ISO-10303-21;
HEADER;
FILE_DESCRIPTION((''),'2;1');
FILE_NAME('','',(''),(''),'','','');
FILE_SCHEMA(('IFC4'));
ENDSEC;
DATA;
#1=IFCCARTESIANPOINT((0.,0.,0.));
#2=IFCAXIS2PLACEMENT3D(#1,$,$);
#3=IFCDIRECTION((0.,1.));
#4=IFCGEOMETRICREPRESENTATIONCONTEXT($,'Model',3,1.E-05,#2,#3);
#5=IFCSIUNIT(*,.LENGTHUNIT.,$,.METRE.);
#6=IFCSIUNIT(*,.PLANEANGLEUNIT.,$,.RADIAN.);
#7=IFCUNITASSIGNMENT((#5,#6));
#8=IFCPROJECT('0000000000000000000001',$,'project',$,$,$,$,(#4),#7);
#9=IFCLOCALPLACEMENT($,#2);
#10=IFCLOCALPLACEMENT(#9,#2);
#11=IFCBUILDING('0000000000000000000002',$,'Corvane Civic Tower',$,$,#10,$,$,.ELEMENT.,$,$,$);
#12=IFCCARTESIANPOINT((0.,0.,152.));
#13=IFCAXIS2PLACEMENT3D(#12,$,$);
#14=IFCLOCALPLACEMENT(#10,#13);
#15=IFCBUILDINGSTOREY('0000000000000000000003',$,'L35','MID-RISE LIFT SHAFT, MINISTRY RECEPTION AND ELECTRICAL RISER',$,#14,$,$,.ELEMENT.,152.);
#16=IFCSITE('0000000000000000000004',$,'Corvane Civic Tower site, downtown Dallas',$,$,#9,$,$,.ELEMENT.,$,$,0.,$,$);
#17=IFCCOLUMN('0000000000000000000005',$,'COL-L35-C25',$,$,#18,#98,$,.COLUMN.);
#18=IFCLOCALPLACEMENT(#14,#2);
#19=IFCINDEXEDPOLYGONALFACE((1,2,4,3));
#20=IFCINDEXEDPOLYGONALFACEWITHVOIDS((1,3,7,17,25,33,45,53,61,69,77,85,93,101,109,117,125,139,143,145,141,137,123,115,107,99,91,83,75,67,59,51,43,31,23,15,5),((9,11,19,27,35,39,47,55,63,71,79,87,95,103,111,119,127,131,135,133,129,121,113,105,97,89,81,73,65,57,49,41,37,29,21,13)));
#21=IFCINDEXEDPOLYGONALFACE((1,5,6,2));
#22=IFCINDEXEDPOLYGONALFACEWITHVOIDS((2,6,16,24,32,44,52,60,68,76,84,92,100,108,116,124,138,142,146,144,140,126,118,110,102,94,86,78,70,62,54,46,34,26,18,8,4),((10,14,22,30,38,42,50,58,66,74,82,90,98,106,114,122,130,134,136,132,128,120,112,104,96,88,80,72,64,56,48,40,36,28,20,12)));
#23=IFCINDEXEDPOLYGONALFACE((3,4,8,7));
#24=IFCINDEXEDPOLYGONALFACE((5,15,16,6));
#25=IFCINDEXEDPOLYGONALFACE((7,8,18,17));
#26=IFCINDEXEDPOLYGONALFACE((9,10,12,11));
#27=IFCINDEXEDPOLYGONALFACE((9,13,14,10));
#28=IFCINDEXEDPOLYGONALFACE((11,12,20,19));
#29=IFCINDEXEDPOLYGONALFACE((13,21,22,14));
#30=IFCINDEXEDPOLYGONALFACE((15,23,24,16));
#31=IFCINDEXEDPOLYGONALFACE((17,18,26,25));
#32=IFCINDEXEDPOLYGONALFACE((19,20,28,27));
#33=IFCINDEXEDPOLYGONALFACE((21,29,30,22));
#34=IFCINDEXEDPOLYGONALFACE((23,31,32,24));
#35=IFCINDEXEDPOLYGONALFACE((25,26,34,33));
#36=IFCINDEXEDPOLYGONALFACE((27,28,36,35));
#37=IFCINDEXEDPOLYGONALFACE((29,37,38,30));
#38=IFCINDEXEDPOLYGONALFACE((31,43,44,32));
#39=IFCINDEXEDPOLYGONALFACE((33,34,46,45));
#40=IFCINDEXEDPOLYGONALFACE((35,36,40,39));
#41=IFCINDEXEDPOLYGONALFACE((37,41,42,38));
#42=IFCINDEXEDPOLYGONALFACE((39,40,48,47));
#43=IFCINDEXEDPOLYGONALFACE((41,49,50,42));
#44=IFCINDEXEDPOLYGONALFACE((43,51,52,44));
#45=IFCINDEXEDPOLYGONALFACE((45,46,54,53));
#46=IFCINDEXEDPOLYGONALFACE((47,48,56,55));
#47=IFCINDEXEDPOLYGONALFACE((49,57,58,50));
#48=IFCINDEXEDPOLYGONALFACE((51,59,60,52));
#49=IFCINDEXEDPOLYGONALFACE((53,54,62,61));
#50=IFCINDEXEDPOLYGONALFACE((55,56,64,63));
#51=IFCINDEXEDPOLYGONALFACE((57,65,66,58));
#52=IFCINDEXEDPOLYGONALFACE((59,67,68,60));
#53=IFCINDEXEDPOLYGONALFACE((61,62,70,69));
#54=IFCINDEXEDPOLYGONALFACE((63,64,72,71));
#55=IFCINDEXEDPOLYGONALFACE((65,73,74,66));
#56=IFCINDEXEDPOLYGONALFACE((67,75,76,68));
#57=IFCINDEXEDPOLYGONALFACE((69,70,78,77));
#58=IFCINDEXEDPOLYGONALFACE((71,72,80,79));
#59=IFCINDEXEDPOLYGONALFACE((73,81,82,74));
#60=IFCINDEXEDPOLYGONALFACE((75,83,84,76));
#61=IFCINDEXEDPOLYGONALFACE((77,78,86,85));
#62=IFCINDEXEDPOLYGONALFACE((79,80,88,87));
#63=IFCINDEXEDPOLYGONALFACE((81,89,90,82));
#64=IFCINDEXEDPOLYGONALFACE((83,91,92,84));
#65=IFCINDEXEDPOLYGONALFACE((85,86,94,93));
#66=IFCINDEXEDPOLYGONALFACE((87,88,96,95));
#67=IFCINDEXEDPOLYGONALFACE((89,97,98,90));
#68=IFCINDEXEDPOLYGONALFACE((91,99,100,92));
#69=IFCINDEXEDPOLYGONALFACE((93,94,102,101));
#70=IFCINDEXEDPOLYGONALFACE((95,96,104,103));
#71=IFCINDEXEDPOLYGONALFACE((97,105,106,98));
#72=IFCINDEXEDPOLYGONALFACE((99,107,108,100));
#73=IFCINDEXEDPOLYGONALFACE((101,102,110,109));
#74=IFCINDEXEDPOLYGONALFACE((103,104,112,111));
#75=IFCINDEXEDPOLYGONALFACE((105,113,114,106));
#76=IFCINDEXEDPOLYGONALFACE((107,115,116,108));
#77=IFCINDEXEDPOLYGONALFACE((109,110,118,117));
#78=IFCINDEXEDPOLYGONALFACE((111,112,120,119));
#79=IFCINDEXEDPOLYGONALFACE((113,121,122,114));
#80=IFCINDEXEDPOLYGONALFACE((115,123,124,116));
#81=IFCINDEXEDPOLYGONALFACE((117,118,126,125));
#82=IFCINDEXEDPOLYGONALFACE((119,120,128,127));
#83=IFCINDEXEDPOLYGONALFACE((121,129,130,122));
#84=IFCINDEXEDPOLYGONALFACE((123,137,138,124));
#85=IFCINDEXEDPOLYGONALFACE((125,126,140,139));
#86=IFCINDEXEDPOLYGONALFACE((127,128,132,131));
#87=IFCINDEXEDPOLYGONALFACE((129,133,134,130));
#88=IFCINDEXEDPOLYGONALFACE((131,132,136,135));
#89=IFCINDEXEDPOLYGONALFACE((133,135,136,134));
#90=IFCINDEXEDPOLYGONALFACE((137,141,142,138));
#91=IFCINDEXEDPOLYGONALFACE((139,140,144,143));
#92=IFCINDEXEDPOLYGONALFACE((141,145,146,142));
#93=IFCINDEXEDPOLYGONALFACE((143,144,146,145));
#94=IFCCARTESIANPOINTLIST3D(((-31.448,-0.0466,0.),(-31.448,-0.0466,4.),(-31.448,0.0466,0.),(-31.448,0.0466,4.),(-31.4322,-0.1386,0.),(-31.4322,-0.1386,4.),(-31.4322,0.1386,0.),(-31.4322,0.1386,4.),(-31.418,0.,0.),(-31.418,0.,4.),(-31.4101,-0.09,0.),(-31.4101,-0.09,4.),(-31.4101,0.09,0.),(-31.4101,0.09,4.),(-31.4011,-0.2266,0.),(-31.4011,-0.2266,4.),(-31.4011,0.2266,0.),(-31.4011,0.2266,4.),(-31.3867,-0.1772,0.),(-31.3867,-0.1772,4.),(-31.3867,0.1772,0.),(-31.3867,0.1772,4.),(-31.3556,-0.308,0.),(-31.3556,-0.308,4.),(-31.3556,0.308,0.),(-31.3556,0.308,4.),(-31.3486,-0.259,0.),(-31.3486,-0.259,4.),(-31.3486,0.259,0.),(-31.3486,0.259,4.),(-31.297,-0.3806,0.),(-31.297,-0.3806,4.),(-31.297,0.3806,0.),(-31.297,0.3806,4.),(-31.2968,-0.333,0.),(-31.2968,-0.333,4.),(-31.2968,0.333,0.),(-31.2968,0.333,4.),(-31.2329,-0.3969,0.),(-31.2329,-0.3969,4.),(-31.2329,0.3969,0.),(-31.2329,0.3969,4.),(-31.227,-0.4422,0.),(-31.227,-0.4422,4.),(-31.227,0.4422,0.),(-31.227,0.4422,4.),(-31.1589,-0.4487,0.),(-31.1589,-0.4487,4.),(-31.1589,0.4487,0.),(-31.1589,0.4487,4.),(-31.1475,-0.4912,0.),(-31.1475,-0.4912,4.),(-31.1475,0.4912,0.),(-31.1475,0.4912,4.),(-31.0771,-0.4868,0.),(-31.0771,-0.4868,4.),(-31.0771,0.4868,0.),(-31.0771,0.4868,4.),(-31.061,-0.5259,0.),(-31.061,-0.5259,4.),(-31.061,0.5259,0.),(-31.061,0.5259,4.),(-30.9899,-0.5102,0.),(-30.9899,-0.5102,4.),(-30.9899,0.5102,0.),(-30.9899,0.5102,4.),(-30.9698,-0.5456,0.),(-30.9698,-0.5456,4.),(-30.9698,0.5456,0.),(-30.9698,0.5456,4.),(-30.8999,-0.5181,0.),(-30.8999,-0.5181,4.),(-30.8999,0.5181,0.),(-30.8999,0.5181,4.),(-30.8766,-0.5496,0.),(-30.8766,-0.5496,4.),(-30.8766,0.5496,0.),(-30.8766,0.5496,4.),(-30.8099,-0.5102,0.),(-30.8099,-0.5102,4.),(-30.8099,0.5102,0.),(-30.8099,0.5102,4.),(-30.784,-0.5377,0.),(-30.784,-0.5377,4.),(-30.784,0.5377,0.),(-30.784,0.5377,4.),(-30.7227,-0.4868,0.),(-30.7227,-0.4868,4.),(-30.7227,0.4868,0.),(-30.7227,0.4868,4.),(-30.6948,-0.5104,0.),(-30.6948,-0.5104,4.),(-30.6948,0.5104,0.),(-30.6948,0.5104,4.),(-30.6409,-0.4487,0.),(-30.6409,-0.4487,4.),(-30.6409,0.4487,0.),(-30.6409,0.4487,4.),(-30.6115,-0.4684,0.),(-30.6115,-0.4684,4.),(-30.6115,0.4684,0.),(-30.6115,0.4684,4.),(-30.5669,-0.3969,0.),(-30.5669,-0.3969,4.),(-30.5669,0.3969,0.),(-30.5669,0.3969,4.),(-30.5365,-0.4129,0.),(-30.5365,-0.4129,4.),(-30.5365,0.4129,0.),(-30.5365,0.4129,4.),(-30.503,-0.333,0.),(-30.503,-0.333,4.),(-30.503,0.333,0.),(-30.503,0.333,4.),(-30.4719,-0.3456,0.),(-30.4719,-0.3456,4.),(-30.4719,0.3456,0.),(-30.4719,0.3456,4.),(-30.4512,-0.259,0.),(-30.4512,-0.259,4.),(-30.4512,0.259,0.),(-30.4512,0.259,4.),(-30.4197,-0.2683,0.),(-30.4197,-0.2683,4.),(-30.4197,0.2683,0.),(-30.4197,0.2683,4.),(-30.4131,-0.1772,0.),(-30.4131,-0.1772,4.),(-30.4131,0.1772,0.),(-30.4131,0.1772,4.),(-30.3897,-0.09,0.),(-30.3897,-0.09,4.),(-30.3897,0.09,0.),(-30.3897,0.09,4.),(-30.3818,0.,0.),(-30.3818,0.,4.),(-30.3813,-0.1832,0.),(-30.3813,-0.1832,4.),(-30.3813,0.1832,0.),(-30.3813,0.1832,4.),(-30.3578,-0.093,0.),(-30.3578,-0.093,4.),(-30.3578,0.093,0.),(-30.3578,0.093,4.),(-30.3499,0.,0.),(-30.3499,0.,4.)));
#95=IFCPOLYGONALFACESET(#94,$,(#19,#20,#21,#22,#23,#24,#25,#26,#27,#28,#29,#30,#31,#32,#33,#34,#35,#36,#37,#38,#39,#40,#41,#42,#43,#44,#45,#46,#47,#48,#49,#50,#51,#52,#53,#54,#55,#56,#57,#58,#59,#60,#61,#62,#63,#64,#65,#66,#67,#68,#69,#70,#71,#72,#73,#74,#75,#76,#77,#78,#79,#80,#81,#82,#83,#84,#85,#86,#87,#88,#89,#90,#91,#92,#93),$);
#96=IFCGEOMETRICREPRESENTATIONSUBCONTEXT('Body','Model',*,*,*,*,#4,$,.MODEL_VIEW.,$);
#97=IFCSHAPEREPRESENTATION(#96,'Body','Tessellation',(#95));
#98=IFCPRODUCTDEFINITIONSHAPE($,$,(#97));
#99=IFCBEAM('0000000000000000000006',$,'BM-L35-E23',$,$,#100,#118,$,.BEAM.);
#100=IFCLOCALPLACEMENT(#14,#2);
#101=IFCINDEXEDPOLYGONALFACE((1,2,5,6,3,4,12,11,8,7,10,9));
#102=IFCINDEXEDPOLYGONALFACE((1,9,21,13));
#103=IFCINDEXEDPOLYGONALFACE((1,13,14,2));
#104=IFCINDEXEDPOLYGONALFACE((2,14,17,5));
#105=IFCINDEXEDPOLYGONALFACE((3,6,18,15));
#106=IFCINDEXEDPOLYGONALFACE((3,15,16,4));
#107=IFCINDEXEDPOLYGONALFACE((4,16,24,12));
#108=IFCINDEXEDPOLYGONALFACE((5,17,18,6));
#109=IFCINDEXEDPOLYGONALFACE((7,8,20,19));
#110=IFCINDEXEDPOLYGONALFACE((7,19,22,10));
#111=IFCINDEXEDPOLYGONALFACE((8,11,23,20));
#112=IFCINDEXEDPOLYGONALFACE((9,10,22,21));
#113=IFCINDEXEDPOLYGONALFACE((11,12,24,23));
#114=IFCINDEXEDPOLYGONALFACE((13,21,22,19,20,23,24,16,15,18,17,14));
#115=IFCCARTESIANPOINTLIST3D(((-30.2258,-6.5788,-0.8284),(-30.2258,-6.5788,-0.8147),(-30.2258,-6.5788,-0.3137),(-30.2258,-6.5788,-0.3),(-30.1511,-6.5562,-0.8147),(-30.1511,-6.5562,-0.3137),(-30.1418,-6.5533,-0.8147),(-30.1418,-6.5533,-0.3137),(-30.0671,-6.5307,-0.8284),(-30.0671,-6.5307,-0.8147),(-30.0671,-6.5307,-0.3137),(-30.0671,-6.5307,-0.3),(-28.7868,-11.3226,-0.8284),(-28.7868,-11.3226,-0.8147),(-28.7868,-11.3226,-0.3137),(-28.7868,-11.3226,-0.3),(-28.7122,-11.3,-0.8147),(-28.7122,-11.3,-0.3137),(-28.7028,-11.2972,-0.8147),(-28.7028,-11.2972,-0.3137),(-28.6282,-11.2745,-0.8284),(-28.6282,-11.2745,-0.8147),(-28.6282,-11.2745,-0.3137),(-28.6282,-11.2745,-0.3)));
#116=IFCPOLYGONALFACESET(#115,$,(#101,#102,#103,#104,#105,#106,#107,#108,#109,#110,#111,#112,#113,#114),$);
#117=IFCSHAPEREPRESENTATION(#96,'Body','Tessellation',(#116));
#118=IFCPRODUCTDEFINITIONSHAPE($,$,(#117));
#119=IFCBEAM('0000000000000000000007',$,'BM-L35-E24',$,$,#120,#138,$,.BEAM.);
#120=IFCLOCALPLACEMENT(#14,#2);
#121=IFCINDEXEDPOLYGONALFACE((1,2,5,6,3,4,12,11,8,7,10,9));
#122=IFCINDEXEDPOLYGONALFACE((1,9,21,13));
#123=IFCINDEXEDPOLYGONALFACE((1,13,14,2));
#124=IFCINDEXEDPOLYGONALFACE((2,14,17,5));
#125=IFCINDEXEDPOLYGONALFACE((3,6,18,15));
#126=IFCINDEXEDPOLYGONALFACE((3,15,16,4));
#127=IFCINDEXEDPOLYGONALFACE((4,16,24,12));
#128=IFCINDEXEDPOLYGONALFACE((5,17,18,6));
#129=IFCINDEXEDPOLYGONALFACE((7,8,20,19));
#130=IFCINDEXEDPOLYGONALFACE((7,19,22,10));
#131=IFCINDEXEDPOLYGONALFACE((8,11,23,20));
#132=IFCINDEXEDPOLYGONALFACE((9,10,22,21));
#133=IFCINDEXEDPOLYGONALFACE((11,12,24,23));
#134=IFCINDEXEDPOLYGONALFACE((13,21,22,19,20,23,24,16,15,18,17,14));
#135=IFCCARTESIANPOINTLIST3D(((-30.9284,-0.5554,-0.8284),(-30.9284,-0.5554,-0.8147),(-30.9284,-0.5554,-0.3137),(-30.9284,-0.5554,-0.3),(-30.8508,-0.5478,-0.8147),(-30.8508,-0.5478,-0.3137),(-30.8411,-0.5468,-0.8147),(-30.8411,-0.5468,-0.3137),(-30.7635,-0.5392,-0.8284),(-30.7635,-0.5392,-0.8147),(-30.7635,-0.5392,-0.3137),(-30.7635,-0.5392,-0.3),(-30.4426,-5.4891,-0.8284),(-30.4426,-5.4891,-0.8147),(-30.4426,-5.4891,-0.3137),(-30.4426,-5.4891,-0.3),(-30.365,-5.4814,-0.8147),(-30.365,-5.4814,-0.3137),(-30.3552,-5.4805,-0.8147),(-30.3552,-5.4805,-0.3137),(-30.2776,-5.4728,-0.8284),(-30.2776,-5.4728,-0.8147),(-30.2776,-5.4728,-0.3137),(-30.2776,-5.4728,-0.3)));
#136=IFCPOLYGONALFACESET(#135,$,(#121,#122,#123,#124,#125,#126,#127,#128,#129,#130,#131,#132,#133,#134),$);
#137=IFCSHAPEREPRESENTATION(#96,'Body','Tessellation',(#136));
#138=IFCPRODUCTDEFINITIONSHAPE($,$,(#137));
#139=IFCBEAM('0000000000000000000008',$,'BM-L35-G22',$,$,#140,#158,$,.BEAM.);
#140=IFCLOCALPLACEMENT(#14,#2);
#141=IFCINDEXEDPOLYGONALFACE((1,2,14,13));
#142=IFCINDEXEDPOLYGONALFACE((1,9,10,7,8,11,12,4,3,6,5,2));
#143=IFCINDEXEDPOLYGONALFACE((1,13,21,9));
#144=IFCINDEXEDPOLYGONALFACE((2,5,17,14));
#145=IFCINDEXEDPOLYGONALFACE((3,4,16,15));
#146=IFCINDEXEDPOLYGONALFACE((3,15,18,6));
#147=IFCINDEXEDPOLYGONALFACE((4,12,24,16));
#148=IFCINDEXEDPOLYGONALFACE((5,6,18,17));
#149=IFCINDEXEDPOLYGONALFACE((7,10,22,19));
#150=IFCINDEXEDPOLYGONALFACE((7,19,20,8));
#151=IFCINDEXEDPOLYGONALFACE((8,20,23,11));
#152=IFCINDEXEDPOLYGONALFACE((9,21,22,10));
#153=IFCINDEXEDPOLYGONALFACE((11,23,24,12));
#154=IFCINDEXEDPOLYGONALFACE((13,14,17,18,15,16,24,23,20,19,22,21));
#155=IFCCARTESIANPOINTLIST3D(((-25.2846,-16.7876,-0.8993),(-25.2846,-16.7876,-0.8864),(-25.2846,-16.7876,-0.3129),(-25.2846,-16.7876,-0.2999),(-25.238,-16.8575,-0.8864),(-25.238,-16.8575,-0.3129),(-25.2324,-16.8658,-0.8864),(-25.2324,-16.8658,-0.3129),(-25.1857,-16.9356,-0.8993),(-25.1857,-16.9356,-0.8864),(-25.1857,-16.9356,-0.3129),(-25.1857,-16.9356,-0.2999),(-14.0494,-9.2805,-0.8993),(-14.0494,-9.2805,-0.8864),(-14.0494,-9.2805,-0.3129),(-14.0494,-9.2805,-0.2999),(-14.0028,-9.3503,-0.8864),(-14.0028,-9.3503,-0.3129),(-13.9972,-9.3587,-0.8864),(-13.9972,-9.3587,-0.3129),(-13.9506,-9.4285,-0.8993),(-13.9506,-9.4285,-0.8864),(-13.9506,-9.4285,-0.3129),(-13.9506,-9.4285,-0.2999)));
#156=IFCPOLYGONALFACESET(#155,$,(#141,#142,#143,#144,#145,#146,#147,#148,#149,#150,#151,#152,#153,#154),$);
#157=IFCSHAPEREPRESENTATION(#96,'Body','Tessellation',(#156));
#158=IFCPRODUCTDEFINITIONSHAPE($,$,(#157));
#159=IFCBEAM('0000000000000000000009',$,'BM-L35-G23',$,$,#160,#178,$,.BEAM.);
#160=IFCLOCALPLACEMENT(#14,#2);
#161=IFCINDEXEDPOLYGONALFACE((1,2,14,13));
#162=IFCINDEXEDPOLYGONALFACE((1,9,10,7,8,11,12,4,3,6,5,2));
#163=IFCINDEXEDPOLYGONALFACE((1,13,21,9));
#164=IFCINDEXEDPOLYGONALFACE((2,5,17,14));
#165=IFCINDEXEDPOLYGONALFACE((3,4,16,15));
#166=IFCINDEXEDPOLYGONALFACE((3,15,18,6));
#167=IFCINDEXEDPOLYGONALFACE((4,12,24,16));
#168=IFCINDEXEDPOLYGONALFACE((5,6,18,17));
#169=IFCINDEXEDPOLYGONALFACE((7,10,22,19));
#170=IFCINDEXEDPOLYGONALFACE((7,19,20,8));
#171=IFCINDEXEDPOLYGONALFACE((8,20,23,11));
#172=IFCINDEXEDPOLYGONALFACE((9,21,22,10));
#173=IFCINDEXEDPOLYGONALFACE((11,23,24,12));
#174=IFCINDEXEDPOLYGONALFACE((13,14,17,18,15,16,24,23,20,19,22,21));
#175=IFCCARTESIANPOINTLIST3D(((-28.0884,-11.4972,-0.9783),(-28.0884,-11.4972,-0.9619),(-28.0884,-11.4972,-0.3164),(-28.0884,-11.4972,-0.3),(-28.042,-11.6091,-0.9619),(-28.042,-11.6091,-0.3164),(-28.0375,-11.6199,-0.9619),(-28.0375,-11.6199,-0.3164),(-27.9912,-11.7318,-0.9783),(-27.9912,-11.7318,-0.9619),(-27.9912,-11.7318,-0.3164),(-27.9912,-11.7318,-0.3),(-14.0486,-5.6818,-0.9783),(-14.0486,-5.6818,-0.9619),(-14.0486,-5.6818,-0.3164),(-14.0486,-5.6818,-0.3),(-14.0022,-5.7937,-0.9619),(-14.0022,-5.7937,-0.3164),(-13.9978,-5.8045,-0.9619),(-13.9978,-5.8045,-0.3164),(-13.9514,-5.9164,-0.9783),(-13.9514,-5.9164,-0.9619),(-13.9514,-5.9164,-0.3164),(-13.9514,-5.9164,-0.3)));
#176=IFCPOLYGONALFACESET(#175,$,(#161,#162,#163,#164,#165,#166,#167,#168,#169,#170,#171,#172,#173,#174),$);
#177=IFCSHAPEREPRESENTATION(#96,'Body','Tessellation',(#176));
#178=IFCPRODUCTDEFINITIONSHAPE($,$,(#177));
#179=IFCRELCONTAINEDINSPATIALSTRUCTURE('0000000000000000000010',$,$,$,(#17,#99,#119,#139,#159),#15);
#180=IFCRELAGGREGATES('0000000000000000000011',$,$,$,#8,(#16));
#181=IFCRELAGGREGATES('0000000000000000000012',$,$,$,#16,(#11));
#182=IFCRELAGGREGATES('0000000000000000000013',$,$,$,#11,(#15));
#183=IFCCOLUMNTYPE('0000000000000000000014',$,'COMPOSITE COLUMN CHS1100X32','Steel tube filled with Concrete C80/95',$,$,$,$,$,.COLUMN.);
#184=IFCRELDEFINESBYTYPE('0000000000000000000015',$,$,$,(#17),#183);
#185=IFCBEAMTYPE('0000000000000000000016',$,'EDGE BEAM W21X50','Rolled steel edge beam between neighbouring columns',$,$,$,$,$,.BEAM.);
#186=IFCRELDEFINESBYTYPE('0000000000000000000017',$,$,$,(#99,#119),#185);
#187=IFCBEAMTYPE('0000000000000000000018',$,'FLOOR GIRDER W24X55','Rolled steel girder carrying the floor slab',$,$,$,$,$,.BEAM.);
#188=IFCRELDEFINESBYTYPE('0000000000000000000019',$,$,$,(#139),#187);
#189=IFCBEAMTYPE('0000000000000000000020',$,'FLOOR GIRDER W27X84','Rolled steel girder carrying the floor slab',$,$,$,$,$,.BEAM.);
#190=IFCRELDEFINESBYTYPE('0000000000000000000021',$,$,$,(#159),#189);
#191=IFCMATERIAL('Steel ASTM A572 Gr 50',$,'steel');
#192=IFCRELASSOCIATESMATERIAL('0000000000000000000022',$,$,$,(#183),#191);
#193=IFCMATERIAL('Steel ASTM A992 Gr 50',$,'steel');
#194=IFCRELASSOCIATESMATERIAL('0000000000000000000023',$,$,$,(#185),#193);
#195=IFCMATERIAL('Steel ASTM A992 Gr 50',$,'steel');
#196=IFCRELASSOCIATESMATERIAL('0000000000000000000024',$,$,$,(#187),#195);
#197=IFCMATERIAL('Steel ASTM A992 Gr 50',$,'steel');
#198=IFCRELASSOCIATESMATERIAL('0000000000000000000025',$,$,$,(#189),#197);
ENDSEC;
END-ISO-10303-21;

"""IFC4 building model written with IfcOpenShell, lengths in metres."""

from ifc_helpers import new_model, si_unit, direction, frame, origin, origin_2d, place, context, subcontext, project, spatial, hollow_circle, i_section, extrude, material, material_profile, profile_set, type_object, element, save


model = new_model("IFC4")

# Units and contexts
model_context = context("Model", 3, precision=1e-05, world=origin(), true_north=direction((0.0, 1.0)))
body_context = subcontext(model_context, "Body", "Model", "MODEL_VIEW")
ifc_project = project(units=[si_unit("LENGTHUNIT", "METRE"), si_unit("PLANEANGLEUNIT", "RADIAN")], contexts=[model_context])

# Site, building, storey
site_placement = place(None, origin())
site = spatial("IfcSite", under=ifc_project, at=site_placement, Name="Corvane Civic Tower site, downtown Dallas", CompositionType="ELEMENT", RefElevation=0.0)
building_placement = place(site_placement, origin())
building = spatial("IfcBuilding", under=site, at=building_placement, Name="Corvane Civic Tower", CompositionType="ELEMENT")
storey_placement = place(building_placement, frame((0.0, 0.0, 152.0)))
storey = spatial("IfcBuildingStorey", under=building, at=storey_placement, Name="L35", Description="MID-RISE LIFT SHAFT, MINISTRY RECEPTION AND ELECTRICAL RISER", CompositionType="ELEMENT", Elevation=152.0)

# Column
ifc_material_1 = material(Name="Steel ASTM A572 Gr 50", Category="steel")
ifc_material_profile_1 = material_profile(ifc_material_1, hollow_circle(Radius=0.55, WallThickness=0.032, at=origin_2d()), Name="CHS1100X32")
ifc_profile_set_1 = profile_set([ifc_material_profile_1], Name="Steel ASTM A572 Gr 50")
column_type = type_object("IfcColumnType", Name="COMPOSITE COLUMN CHS1100X32", Description="Steel tube filled with Concrete C80/95", PredefinedType="COLUMN", material=ifc_profile_set_1)
for number, where, z_axis, x_axis, name in (
    (1, (-30.8999, 0.0, 0.0), (0.0, 0.0, 1.0), (1.0, 0.0, 0.0), "COL-L35-C25"),
):
    element("IfcColumn", number, at=place(storey_placement, frame(where, z_axis=z_axis, x_axis=x_axis)), inside=storey, type_object=column_type, Name=name, PredefinedType="COLUMN", context=body_context, shape_type="SweptSolid", body=[
        extrude(hollow_circle(Radius=0.55, WallThickness=0.032, at=origin_2d()), origin(), (0.0, 0.0, 1.0), 4.0),
    ])

# Beams
ifc_material_2 = material(Name="Steel ASTM A992 Gr 50", Category="steel")
ifc_material_profile_2 = material_profile(ifc_material_2, i_section(OverallWidth=0.1658, OverallDepth=0.5283, WebThickness=0.0098, FlangeThickness=0.0137, at=origin_2d()), Name="W21X50")
ifc_profile_set_2 = profile_set([ifc_material_profile_2], Name="Steel ASTM A992 Gr 50")
beam_type_1 = type_object("IfcBeamType", Name="EDGE BEAM W21X50", Description="Rolled steel edge beam between neighbouring columns", PredefinedType="BEAM", material=ifc_profile_set_2)
beam_1_placement = place(storey_placement, frame((-28.7075, -11.2986, -0.5642), z_axis=(-0.29027, 0.956945, 0.0), x_axis=(-0.956945, -0.29027, 0.0)))
element("IfcBeam", 2, at=beam_1_placement, inside=storey, type_object=beam_type_1, Name="BM-L35-E23", PredefinedType="BEAM", context=body_context, shape_type="SweptSolid", body=[
    extrude(i_section(OverallWidth=0.1658, OverallDepth=0.5283, WebThickness=0.0098, FlangeThickness=0.0137, at=origin_2d()), origin(), (0.0, 0.0, 1.0), 4.9573),
])
beam_2_placement = place(storey_placement, frame((-30.3601, -5.481, -0.5642), z_axis=(-0.098002, 0.995186, 0.0), x_axis=(-0.995186, -0.098002, 0.0)))
element("IfcBeam", 3, at=beam_2_placement, inside=storey, type_object=beam_type_1, Name="BM-L35-E24", PredefinedType="BEAM", context=body_context, shape_type="SweptSolid", body=[
    extrude(i_section(OverallWidth=0.1658, OverallDepth=0.5283, WebThickness=0.0098, FlangeThickness=0.0137, at=origin_2d()), origin(), (0.0, 0.0, 1.0), 4.9575),
])
ifc_material_3 = material(Name="Steel ASTM A992 Gr 50", Category="steel")
ifc_material_profile_3 = material_profile(ifc_material_3, i_section(OverallWidth=0.178, OverallDepth=0.5994, WebThickness=0.01, FlangeThickness=0.0129, at=origin_2d()), Name="W24X55")
ifc_profile_set_3 = profile_set([ifc_material_profile_3], Name="Steel ASTM A992 Gr 50")
beam_type_2 = type_object("IfcBeamType", Name="FLOOR GIRDER W24X55", Description="Rolled steel girder carrying the floor slab", PredefinedType="BEAM", material=ifc_profile_set_3)
beam_3_placement = place(storey_placement, frame((-14.0, -9.3545, -0.5996), z_axis=(-0.831469, -0.555571, 0.0), x_axis=(0.555571, -0.831469, 0.0)))
element("IfcBeam", 4, at=beam_3_placement, inside=storey, type_object=beam_type_2, Name="BM-L35-G22", PredefinedType="BEAM", context=body_context, shape_type="SweptSolid", body=[
    extrude(i_section(OverallWidth=0.178, OverallDepth=0.5994, WebThickness=0.01, FlangeThickness=0.0129, at=origin_2d()), origin(), (0.0, 0.0, 1.0), 13.5125),
])
ifc_material_4 = material(Name="Steel ASTM A992 Gr 50", Category="steel")
ifc_material_profile_4 = material_profile(ifc_material_4, i_section(OverallWidth=0.2539, OverallDepth=0.6782, WebThickness=0.0117, FlangeThickness=0.0164, at=origin_2d()), Name="W27X84")
ifc_profile_set_4 = profile_set([ifc_material_profile_4], Name="Steel ASTM A992 Gr 50")
beam_type_3 = type_object("IfcBeamType", Name="FLOOR GIRDER W27X84", Description="Rolled steel girder carrying the floor slab", PredefinedType="BEAM", material=ifc_profile_set_4)
beam_4_placement = place(storey_placement, frame((-14.0, -5.7991, -0.6392), z_axis=(-0.923881, -0.382681, 0.0), x_axis=(0.382681, -0.923881, 0.0)))
element("IfcBeam", 5, at=beam_4_placement, inside=storey, type_object=beam_type_3, Name="BM-L35-G23", PredefinedType="BEAM", context=body_context, shape_type="SweptSolid", body=[
    extrude(i_section(OverallWidth=0.2539, OverallDepth=0.6782, WebThickness=0.0117, FlangeThickness=0.0164, at=origin_2d()), origin(), (0.0, 0.0, 1.0), 15.1965),
])

save(model, "model.ifc")
